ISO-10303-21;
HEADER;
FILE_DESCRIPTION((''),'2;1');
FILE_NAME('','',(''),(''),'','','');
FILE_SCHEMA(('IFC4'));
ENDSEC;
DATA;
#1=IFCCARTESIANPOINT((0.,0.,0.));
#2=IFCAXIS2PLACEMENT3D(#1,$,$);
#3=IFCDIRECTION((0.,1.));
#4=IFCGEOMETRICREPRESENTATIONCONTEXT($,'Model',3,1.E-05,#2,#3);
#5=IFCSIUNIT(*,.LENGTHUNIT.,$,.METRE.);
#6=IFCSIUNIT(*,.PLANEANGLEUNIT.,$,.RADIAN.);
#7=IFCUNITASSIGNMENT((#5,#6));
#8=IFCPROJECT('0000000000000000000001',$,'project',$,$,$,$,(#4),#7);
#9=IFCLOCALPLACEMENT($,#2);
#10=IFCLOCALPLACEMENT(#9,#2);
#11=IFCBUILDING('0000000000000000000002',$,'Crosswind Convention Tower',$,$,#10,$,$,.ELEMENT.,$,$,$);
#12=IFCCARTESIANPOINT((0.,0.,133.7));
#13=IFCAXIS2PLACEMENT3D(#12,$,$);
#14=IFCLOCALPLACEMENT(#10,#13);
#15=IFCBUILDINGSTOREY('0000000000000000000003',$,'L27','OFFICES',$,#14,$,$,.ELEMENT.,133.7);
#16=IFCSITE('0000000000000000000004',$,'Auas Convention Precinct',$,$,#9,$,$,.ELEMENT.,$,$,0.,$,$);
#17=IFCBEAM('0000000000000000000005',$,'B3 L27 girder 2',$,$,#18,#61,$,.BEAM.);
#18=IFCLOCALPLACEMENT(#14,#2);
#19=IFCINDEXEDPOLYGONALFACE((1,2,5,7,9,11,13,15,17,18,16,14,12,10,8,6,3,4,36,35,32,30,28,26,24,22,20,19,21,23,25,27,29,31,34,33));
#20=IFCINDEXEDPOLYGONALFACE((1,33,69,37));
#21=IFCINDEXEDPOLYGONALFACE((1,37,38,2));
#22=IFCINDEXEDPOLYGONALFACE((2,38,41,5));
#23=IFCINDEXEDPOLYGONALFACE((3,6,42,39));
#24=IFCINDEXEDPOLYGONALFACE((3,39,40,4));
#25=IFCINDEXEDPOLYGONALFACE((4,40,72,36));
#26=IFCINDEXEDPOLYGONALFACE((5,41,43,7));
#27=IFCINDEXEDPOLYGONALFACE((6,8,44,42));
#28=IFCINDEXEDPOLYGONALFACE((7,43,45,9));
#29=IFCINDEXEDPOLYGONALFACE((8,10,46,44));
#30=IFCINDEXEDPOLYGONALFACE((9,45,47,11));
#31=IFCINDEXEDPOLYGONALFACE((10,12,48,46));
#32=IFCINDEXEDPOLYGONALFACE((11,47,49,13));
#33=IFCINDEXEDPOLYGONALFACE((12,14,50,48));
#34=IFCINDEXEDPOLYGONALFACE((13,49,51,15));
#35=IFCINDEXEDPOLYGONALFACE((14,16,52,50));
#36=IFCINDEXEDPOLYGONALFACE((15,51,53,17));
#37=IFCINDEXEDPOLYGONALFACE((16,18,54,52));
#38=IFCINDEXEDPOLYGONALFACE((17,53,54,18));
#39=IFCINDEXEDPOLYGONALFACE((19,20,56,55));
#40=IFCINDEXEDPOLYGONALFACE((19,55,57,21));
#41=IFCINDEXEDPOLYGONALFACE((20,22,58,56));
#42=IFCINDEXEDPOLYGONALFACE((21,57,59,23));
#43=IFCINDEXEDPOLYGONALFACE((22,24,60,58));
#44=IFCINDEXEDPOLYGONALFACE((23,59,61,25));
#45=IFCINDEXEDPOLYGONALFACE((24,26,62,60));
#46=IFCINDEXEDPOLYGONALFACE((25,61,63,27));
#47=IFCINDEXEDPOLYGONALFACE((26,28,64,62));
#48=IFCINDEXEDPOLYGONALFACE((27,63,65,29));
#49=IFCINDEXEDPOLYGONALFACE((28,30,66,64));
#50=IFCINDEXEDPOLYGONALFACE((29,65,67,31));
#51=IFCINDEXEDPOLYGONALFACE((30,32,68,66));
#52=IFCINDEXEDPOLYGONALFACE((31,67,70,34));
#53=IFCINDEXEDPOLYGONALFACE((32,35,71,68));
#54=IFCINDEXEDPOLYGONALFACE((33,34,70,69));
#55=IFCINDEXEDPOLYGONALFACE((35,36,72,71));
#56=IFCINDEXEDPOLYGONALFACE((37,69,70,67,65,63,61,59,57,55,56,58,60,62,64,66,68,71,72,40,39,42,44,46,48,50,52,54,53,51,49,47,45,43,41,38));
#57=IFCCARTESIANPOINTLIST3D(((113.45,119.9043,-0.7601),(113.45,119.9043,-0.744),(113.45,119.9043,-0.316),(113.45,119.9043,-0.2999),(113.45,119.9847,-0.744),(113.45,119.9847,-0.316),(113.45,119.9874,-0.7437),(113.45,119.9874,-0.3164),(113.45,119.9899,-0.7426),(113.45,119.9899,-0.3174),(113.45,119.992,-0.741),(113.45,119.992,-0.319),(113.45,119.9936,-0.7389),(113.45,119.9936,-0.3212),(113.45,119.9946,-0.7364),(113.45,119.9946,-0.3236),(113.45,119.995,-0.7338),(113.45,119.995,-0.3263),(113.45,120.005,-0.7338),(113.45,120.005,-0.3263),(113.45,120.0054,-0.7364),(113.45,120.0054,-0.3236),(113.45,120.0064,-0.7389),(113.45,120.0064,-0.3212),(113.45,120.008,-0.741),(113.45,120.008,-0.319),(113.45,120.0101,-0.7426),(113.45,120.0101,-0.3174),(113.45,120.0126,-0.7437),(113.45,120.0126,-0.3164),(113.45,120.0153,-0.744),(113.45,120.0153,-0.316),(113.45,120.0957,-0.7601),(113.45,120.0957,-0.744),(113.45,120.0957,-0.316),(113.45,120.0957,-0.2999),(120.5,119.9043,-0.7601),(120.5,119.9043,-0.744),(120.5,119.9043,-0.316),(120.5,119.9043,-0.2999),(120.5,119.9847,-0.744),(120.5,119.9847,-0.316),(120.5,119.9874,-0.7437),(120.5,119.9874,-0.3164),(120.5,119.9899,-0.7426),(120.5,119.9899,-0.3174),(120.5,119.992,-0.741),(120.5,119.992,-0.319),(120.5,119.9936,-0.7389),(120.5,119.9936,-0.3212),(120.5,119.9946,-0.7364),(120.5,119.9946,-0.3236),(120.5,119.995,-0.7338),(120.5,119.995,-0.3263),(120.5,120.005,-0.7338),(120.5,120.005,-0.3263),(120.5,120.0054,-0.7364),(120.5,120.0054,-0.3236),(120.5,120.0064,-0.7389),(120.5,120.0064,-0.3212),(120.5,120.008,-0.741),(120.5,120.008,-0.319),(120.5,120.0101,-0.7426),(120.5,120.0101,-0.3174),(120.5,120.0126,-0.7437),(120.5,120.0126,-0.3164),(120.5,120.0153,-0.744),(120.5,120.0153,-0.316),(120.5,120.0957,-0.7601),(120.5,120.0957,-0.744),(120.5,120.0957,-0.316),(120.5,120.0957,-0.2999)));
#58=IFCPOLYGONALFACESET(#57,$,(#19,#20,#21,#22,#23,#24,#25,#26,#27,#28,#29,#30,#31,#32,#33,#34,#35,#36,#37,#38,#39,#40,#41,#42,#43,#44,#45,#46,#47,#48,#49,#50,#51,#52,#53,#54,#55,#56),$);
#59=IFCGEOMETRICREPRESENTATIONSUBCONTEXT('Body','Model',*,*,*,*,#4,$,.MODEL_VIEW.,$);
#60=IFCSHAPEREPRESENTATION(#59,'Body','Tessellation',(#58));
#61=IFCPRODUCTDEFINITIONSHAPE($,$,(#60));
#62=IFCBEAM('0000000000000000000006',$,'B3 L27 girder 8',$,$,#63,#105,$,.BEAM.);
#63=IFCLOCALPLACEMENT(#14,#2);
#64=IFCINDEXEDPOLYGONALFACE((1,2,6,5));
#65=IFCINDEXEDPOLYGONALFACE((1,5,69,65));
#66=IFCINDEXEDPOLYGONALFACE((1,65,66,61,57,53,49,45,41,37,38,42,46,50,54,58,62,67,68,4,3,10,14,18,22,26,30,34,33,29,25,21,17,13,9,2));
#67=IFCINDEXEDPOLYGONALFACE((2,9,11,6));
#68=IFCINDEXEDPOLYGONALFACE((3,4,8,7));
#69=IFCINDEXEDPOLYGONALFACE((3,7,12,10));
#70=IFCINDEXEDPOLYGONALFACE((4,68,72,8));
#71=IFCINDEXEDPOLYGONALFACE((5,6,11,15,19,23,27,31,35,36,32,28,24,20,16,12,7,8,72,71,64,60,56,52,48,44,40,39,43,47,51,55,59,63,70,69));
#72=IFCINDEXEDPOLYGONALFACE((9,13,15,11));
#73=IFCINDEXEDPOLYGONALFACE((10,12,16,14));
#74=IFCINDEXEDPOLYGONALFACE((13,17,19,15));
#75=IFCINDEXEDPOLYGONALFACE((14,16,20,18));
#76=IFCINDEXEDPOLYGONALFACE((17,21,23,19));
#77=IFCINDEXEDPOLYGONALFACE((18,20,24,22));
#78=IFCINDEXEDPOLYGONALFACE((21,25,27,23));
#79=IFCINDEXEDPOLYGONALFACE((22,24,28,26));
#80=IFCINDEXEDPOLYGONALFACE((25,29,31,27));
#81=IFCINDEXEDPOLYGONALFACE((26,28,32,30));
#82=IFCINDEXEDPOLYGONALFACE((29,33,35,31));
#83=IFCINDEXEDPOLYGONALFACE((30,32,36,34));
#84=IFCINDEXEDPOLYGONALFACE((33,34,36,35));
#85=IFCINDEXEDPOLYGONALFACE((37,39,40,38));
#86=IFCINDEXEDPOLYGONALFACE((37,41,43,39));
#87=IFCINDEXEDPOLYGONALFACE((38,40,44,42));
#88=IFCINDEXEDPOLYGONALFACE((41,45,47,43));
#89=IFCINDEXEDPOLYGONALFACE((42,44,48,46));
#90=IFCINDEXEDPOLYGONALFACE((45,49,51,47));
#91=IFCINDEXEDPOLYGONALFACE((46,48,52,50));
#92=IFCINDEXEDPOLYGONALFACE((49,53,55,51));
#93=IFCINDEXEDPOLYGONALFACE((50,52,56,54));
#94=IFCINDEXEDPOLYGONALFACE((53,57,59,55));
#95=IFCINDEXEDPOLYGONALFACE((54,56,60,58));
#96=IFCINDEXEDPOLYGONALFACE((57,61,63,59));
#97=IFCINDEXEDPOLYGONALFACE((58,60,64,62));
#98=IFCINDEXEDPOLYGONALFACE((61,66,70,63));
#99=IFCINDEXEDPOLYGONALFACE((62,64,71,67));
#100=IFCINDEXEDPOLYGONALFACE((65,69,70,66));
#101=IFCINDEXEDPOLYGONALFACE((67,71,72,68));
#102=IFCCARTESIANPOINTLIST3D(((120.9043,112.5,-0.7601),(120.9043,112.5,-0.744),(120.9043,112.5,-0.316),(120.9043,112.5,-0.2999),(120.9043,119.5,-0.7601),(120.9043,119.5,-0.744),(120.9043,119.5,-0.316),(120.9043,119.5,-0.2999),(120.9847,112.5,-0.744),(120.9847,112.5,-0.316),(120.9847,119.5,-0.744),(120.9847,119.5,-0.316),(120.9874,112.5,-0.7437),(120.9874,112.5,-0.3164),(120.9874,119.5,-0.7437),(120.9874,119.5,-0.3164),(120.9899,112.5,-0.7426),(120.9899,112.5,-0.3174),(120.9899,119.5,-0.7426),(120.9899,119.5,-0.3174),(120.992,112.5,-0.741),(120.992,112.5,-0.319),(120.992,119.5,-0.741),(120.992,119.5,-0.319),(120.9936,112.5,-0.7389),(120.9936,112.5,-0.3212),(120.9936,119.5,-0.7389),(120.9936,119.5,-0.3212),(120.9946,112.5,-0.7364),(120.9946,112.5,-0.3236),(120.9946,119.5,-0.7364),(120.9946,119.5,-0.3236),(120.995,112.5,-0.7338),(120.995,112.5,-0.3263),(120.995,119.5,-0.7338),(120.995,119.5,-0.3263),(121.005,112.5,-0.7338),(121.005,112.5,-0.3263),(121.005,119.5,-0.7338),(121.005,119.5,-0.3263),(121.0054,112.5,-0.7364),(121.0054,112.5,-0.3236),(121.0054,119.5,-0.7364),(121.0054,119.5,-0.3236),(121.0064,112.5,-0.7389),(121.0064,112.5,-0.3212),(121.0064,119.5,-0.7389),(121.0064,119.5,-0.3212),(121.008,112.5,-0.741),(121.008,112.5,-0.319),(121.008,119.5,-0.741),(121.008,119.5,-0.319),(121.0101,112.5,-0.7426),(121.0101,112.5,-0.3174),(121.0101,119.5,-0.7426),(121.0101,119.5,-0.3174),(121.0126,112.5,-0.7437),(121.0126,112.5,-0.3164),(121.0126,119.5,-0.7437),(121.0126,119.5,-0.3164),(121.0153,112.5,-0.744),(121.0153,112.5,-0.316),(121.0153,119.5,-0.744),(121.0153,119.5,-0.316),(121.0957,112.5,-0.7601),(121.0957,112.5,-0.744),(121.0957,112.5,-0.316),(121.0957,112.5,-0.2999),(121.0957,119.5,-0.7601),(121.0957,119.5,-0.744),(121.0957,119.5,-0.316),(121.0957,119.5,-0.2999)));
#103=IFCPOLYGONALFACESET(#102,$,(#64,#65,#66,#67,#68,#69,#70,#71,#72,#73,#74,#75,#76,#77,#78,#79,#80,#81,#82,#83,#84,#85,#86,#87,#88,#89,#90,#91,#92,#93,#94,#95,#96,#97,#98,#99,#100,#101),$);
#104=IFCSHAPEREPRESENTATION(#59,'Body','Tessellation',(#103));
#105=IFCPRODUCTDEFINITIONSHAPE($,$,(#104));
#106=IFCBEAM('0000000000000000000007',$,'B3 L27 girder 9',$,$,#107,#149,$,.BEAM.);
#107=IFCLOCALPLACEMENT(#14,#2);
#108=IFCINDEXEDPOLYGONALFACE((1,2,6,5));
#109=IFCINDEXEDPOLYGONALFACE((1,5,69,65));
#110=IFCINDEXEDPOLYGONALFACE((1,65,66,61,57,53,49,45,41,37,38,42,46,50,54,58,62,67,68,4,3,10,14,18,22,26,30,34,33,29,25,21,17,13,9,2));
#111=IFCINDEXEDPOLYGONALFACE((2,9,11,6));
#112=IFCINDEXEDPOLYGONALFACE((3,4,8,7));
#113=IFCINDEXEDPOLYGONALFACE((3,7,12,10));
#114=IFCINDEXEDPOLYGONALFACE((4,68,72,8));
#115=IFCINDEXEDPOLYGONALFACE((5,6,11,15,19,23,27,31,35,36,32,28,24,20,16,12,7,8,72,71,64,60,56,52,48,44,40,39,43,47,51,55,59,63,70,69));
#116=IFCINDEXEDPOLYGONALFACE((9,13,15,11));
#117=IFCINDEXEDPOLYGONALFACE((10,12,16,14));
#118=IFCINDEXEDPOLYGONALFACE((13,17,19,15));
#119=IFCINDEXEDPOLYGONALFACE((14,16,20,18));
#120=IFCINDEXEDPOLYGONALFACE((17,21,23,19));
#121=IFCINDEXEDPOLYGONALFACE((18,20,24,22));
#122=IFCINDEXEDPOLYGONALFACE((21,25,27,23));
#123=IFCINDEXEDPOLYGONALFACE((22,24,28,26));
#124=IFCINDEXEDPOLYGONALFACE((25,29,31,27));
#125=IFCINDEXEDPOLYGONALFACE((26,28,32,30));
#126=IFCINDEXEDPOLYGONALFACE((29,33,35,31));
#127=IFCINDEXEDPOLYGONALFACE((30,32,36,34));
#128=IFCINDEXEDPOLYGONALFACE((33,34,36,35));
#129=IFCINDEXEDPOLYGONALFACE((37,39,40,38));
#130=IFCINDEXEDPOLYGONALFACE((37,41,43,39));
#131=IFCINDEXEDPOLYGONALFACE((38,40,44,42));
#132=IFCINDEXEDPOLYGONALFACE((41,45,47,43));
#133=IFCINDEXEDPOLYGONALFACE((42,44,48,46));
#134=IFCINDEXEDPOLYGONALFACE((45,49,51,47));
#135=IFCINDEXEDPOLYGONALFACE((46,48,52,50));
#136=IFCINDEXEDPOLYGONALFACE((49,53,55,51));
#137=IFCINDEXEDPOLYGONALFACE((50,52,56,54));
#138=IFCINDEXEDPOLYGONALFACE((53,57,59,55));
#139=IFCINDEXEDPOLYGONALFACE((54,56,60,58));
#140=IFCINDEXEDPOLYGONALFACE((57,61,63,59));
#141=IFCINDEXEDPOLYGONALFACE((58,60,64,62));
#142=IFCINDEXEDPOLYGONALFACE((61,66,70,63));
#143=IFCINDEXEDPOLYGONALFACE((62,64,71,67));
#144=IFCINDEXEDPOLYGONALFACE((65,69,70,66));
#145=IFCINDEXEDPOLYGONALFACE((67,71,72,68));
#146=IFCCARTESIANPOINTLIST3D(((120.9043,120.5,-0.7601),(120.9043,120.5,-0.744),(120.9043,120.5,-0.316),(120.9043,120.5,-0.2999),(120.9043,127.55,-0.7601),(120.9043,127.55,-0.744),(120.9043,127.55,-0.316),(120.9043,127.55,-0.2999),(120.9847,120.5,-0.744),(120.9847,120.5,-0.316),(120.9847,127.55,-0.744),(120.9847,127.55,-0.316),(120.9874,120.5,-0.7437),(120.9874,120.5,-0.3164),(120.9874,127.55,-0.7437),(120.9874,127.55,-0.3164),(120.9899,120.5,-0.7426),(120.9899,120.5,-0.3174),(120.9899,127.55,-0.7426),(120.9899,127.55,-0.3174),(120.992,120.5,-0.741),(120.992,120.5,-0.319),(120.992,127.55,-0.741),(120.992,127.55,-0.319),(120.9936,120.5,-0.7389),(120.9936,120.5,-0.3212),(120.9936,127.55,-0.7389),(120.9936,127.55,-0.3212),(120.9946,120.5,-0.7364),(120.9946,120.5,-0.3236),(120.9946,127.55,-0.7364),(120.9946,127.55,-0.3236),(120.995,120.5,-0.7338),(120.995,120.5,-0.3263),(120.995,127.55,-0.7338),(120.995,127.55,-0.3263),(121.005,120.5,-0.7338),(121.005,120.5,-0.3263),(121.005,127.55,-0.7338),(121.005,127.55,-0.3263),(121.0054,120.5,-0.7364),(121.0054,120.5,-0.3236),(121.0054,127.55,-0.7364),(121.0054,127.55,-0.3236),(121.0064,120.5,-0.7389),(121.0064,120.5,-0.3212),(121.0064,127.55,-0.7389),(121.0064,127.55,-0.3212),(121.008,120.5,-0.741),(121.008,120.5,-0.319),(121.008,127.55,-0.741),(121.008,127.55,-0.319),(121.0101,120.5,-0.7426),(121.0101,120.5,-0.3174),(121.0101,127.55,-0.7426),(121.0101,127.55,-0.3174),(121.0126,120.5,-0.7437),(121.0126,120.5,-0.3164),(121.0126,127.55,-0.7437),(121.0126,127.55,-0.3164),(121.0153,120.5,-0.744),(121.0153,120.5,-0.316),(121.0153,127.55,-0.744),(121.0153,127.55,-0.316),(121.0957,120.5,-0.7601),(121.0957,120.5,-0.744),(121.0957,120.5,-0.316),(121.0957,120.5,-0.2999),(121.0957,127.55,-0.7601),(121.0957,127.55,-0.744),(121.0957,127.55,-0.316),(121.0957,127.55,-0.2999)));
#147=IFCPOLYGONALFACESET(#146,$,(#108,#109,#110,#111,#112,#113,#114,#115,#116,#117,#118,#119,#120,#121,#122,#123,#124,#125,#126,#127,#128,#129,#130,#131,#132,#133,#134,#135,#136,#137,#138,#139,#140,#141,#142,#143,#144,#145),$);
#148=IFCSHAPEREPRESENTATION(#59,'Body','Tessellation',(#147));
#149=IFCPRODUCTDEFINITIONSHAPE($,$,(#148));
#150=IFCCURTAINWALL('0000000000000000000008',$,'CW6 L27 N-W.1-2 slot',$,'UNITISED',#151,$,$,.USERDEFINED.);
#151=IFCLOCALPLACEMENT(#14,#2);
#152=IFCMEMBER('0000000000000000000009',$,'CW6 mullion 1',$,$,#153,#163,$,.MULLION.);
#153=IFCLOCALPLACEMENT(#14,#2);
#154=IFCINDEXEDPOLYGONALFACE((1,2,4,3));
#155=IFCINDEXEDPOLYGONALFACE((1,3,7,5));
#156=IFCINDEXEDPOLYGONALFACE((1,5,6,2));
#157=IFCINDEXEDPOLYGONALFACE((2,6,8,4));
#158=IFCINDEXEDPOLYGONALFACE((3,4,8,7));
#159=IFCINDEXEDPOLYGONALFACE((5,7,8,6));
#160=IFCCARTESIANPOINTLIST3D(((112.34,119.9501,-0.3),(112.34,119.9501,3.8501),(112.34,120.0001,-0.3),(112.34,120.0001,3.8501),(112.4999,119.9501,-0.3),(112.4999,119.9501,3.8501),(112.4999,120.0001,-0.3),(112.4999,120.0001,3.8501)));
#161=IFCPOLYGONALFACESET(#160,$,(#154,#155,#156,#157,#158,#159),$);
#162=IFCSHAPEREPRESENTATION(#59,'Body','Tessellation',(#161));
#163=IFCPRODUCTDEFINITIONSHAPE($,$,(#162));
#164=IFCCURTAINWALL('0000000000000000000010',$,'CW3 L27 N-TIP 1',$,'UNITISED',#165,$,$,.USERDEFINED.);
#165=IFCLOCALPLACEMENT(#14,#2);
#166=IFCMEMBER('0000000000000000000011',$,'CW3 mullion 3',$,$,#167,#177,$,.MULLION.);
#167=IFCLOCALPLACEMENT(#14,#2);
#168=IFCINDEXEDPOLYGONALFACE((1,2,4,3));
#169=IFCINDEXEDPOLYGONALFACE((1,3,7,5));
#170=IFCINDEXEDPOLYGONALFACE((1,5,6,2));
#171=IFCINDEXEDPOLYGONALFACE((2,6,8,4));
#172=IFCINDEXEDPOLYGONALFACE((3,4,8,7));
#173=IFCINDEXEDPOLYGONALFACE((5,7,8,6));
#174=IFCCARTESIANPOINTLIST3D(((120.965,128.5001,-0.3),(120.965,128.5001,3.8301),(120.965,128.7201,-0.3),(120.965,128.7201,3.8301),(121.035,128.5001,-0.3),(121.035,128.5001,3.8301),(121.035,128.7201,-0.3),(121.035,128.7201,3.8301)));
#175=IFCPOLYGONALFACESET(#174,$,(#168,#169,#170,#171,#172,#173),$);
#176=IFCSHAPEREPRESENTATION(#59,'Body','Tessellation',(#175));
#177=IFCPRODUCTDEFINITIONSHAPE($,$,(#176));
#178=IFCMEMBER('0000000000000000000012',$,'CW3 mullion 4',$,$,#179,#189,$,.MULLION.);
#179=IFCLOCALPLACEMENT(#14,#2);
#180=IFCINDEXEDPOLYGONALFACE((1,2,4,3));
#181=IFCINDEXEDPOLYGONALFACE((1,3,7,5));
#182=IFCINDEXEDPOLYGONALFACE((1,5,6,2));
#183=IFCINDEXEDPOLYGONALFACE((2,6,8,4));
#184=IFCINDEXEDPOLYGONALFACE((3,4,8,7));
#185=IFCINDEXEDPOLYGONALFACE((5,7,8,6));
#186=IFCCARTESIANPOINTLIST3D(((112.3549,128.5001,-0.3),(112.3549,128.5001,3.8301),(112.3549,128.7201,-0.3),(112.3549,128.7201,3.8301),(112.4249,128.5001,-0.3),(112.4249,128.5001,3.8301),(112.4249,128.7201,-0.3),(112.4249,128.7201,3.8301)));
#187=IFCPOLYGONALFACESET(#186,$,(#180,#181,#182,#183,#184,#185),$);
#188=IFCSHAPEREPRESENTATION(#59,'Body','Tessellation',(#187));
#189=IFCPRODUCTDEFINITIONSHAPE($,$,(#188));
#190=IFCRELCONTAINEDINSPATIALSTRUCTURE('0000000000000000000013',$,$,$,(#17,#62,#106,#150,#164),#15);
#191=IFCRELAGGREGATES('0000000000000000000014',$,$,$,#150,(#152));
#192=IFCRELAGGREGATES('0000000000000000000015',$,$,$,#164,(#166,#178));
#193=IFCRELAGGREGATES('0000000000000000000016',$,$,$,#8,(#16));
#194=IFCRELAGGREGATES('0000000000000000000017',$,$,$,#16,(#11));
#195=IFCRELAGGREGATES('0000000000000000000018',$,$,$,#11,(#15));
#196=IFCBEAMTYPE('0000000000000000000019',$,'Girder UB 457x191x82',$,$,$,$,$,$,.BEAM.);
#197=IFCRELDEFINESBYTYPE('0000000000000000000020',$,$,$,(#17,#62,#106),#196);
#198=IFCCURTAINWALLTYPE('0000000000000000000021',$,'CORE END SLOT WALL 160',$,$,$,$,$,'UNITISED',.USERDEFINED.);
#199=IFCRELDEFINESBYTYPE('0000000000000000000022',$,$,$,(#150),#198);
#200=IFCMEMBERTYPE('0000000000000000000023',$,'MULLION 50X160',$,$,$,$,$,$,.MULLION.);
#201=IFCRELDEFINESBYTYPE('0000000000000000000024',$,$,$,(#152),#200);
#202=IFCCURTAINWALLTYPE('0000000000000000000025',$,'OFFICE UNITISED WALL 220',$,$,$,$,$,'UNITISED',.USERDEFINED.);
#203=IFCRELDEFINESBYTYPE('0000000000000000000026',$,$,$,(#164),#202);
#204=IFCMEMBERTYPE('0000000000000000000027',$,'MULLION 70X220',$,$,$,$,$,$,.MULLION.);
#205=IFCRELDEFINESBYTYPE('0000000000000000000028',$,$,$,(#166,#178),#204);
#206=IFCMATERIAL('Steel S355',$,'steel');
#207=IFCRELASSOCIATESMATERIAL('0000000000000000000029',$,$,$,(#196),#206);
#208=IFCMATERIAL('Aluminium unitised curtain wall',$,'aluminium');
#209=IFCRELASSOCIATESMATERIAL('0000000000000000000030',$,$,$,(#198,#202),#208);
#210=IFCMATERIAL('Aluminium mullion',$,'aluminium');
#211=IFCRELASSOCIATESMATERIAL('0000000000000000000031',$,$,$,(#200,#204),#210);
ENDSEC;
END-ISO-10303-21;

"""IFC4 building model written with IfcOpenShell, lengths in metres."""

from ifc_helpers import new_model, si_unit, direction, frame, origin, origin_2d, place, context, subcontext, project, spatial, rectangle, i_section, extrude, material, material_profile, profile_set, type_object, element, aggregate, save


model = new_model("IFC4")

# Units and contexts
model_context = context("Model", 3, precision=1e-05, world=origin(), true_north=direction((0.0, 1.0)))
body_context = subcontext(model_context, "Body", "Model", "MODEL_VIEW")
ifc_project = project(units=[si_unit("LENGTHUNIT", "METRE"), si_unit("PLANEANGLEUNIT", "RADIAN")], contexts=[model_context])

# Site, building, storey
site_placement = place(None, origin())
site = spatial("IfcSite", under=ifc_project, at=site_placement, Name="Auas Convention Precinct", CompositionType="ELEMENT", RefElevation=0.0)
building_placement = place(site_placement, origin())
building = spatial("IfcBuilding", under=site, at=building_placement, Name="Crosswind Convention Tower", CompositionType="ELEMENT")
storey_placement = place(building_placement, frame((0.0, 0.0, 133.7)))
storey = spatial("IfcBuildingStorey", under=building, at=storey_placement, Name="L27", Description="OFFICES", CompositionType="ELEMENT", Elevation=133.7)

# Beams
ifc_material_1 = material(Name="Steel S355", Category="steel")
ifc_material_profile_1 = material_profile(ifc_material_1, i_section(OverallWidth=0.1914, OverallDepth=0.4602, WebThickness=0.01, FlangeThickness=0.0161, FilletRadius=0.0103, at=origin_2d()), Name="UB 457x191x82")
ifc_profile_set_1 = profile_set([ifc_material_profile_1], Name="Steel S355")
beam_type_1 = type_object("IfcBeamType", Name="Girder UB 457x191x82", PredefinedType="BEAM", material=ifc_profile_set_1)
beam_1_placement = place(storey_placement, frame((113.45, 120.0, -0.53), z_axis=(1.0, 0.0, 0.0), x_axis=(0.0, 1.0, 0.0)))
element("IfcBeam", 1, at=beam_1_placement, inside=storey, type_object=beam_type_1, Name="B3 L27 girder 2", PredefinedType="BEAM", context=body_context, shape_type="SweptSolid", body=[
    extrude(i_section(OverallWidth=0.1914, OverallDepth=0.4602, WebThickness=0.01, FlangeThickness=0.0161, FilletRadius=0.0103, at=origin_2d()), origin(), (0.0, 0.0, 1.0), 7.05),
])
beam_2_placement = place(storey_placement, frame((121.0, 112.5, -0.53), z_axis=(0.0, 1.0, 0.0), x_axis=(-1.0, 0.0, 0.0)))
element("IfcBeam", 2, at=beam_2_placement, inside=storey, type_object=beam_type_1, Name="B3 L27 girder 8", PredefinedType="BEAM", context=body_context, shape_type="SweptSolid", body=[
    extrude(i_section(OverallWidth=0.1914, OverallDepth=0.4602, WebThickness=0.01, FlangeThickness=0.0161, FilletRadius=0.0103, at=origin_2d()), origin(), (0.0, 0.0, 1.0), 7.0),
])
beam_3_placement = place(storey_placement, frame((121.0, 120.5, -0.53), z_axis=(0.0, 1.0, 0.0), x_axis=(-1.0, 0.0, 0.0)))
element("IfcBeam", 3, at=beam_3_placement, inside=storey, type_object=beam_type_1, Name="B3 L27 girder 9", PredefinedType="BEAM", context=body_context, shape_type="SweptSolid", body=[
    extrude(i_section(OverallWidth=0.1914, OverallDepth=0.4602, WebThickness=0.01, FlangeThickness=0.0161, FilletRadius=0.0103, at=origin_2d()), origin(), (0.0, 0.0, 1.0), 7.05),
])

# Curtain wall, member
ifc_material_2 = material(Name="Aluminium unitised curtain wall", Category="aluminium")
curtain_wall_type_1 = type_object("IfcCurtainWallType", Name="CORE END SLOT WALL 160", ElementType="UNITISED", PredefinedType="USERDEFINED", material=ifc_material_2)
curtain_wall_1_placement = place(storey_placement, origin())
curtain_wall_1 = element("IfcCurtainWall", 4, at=curtain_wall_1_placement, inside=storey, type_object=curtain_wall_type_1, Name="CW6 L27 N-W.1-2 slot", ObjectType="UNITISED", PredefinedType="USERDEFINED")
ifc_material_3 = material(Name="Aluminium mullion", Category="aluminium")
ifc_material_profile_2 = material_profile(ifc_material_3, rectangle(XDim=0.1599, YDim=0.05, at=origin_2d()), Name="AL 160X50")
ifc_profile_set_2 = profile_set([ifc_material_profile_2], Name="Aluminium mullion")
member_type_1 = type_object("IfcMemberType", Name="MULLION 50X160", PredefinedType="MULLION", material=ifc_profile_set_2)
member_1_placement = place(storey_placement, frame((112.4199, 119.9751, -0.3), z_axis=(0.0, 0.0, 1.0), x_axis=(-1.0, 0.0, 0.0)))
member_1 = element("IfcMember", 5, at=member_1_placement, type_object=member_type_1, Name="CW6 mullion 1", PredefinedType="MULLION", context=body_context, shape_type="SweptSolid", body=[
    extrude(rectangle(XDim=0.1599, YDim=0.05, at=origin_2d()), origin(), (0.0, 0.0, 1.0), 4.1501),
])

# Curtain wall, members
curtain_wall_type_2 = type_object("IfcCurtainWallType", Name="OFFICE UNITISED WALL 220", ElementType="UNITISED", PredefinedType="USERDEFINED", material=ifc_material_2)
curtain_wall_2_placement = place(storey_placement, origin())
curtain_wall_2 = element("IfcCurtainWall", 6, at=curtain_wall_2_placement, inside=storey, type_object=curtain_wall_type_2, Name="CW3 L27 N-TIP 1", ObjectType="UNITISED", PredefinedType="USERDEFINED")
ifc_material_profile_3 = material_profile(ifc_material_3, rectangle(XDim=0.22, YDim=0.0701, at=origin_2d()), Name="AL 220X70")
ifc_profile_set_3 = profile_set([ifc_material_profile_3], Name="Aluminium mullion")
member_type_2 = type_object("IfcMemberType", Name="MULLION 70X220", PredefinedType="MULLION", material=ifc_profile_set_3)
member_2_placement = place(storey_placement, frame((121.0, 128.6101, -0.3), z_axis=(0.0, 0.0, 1.0), x_axis=(0.0, 1.0, 0.0)))
member_2 = element("IfcMember", 7, at=member_2_placement, type_object=member_type_2, Name="CW3 mullion 3", PredefinedType="MULLION", context=body_context, shape_type="SweptSolid", body=[
    extrude(rectangle(XDim=0.22, YDim=0.0701, at=origin_2d()), origin(), (0.0, 0.0, 1.0), 4.1301),
])
member_3_placement = place(storey_placement, frame((112.3899, 128.6101, -0.3), z_axis=(0.0, 0.0, 1.0), x_axis=(0.0, 1.0, 0.0)))
member_3 = element("IfcMember", 8, at=member_3_placement, type_object=member_type_2, Name="CW3 mullion 4", PredefinedType="MULLION", context=body_context, shape_type="SweptSolid", body=[
    extrude(rectangle(XDim=0.22, YDim=0.0701, at=origin_2d()), origin(), (0.0, 0.0, 1.0), 4.1301),
])

aggregate(curtain_wall_1, [member_1])
aggregate(curtain_wall_2, [member_2, member_3])

save(model, "model.ifc")
